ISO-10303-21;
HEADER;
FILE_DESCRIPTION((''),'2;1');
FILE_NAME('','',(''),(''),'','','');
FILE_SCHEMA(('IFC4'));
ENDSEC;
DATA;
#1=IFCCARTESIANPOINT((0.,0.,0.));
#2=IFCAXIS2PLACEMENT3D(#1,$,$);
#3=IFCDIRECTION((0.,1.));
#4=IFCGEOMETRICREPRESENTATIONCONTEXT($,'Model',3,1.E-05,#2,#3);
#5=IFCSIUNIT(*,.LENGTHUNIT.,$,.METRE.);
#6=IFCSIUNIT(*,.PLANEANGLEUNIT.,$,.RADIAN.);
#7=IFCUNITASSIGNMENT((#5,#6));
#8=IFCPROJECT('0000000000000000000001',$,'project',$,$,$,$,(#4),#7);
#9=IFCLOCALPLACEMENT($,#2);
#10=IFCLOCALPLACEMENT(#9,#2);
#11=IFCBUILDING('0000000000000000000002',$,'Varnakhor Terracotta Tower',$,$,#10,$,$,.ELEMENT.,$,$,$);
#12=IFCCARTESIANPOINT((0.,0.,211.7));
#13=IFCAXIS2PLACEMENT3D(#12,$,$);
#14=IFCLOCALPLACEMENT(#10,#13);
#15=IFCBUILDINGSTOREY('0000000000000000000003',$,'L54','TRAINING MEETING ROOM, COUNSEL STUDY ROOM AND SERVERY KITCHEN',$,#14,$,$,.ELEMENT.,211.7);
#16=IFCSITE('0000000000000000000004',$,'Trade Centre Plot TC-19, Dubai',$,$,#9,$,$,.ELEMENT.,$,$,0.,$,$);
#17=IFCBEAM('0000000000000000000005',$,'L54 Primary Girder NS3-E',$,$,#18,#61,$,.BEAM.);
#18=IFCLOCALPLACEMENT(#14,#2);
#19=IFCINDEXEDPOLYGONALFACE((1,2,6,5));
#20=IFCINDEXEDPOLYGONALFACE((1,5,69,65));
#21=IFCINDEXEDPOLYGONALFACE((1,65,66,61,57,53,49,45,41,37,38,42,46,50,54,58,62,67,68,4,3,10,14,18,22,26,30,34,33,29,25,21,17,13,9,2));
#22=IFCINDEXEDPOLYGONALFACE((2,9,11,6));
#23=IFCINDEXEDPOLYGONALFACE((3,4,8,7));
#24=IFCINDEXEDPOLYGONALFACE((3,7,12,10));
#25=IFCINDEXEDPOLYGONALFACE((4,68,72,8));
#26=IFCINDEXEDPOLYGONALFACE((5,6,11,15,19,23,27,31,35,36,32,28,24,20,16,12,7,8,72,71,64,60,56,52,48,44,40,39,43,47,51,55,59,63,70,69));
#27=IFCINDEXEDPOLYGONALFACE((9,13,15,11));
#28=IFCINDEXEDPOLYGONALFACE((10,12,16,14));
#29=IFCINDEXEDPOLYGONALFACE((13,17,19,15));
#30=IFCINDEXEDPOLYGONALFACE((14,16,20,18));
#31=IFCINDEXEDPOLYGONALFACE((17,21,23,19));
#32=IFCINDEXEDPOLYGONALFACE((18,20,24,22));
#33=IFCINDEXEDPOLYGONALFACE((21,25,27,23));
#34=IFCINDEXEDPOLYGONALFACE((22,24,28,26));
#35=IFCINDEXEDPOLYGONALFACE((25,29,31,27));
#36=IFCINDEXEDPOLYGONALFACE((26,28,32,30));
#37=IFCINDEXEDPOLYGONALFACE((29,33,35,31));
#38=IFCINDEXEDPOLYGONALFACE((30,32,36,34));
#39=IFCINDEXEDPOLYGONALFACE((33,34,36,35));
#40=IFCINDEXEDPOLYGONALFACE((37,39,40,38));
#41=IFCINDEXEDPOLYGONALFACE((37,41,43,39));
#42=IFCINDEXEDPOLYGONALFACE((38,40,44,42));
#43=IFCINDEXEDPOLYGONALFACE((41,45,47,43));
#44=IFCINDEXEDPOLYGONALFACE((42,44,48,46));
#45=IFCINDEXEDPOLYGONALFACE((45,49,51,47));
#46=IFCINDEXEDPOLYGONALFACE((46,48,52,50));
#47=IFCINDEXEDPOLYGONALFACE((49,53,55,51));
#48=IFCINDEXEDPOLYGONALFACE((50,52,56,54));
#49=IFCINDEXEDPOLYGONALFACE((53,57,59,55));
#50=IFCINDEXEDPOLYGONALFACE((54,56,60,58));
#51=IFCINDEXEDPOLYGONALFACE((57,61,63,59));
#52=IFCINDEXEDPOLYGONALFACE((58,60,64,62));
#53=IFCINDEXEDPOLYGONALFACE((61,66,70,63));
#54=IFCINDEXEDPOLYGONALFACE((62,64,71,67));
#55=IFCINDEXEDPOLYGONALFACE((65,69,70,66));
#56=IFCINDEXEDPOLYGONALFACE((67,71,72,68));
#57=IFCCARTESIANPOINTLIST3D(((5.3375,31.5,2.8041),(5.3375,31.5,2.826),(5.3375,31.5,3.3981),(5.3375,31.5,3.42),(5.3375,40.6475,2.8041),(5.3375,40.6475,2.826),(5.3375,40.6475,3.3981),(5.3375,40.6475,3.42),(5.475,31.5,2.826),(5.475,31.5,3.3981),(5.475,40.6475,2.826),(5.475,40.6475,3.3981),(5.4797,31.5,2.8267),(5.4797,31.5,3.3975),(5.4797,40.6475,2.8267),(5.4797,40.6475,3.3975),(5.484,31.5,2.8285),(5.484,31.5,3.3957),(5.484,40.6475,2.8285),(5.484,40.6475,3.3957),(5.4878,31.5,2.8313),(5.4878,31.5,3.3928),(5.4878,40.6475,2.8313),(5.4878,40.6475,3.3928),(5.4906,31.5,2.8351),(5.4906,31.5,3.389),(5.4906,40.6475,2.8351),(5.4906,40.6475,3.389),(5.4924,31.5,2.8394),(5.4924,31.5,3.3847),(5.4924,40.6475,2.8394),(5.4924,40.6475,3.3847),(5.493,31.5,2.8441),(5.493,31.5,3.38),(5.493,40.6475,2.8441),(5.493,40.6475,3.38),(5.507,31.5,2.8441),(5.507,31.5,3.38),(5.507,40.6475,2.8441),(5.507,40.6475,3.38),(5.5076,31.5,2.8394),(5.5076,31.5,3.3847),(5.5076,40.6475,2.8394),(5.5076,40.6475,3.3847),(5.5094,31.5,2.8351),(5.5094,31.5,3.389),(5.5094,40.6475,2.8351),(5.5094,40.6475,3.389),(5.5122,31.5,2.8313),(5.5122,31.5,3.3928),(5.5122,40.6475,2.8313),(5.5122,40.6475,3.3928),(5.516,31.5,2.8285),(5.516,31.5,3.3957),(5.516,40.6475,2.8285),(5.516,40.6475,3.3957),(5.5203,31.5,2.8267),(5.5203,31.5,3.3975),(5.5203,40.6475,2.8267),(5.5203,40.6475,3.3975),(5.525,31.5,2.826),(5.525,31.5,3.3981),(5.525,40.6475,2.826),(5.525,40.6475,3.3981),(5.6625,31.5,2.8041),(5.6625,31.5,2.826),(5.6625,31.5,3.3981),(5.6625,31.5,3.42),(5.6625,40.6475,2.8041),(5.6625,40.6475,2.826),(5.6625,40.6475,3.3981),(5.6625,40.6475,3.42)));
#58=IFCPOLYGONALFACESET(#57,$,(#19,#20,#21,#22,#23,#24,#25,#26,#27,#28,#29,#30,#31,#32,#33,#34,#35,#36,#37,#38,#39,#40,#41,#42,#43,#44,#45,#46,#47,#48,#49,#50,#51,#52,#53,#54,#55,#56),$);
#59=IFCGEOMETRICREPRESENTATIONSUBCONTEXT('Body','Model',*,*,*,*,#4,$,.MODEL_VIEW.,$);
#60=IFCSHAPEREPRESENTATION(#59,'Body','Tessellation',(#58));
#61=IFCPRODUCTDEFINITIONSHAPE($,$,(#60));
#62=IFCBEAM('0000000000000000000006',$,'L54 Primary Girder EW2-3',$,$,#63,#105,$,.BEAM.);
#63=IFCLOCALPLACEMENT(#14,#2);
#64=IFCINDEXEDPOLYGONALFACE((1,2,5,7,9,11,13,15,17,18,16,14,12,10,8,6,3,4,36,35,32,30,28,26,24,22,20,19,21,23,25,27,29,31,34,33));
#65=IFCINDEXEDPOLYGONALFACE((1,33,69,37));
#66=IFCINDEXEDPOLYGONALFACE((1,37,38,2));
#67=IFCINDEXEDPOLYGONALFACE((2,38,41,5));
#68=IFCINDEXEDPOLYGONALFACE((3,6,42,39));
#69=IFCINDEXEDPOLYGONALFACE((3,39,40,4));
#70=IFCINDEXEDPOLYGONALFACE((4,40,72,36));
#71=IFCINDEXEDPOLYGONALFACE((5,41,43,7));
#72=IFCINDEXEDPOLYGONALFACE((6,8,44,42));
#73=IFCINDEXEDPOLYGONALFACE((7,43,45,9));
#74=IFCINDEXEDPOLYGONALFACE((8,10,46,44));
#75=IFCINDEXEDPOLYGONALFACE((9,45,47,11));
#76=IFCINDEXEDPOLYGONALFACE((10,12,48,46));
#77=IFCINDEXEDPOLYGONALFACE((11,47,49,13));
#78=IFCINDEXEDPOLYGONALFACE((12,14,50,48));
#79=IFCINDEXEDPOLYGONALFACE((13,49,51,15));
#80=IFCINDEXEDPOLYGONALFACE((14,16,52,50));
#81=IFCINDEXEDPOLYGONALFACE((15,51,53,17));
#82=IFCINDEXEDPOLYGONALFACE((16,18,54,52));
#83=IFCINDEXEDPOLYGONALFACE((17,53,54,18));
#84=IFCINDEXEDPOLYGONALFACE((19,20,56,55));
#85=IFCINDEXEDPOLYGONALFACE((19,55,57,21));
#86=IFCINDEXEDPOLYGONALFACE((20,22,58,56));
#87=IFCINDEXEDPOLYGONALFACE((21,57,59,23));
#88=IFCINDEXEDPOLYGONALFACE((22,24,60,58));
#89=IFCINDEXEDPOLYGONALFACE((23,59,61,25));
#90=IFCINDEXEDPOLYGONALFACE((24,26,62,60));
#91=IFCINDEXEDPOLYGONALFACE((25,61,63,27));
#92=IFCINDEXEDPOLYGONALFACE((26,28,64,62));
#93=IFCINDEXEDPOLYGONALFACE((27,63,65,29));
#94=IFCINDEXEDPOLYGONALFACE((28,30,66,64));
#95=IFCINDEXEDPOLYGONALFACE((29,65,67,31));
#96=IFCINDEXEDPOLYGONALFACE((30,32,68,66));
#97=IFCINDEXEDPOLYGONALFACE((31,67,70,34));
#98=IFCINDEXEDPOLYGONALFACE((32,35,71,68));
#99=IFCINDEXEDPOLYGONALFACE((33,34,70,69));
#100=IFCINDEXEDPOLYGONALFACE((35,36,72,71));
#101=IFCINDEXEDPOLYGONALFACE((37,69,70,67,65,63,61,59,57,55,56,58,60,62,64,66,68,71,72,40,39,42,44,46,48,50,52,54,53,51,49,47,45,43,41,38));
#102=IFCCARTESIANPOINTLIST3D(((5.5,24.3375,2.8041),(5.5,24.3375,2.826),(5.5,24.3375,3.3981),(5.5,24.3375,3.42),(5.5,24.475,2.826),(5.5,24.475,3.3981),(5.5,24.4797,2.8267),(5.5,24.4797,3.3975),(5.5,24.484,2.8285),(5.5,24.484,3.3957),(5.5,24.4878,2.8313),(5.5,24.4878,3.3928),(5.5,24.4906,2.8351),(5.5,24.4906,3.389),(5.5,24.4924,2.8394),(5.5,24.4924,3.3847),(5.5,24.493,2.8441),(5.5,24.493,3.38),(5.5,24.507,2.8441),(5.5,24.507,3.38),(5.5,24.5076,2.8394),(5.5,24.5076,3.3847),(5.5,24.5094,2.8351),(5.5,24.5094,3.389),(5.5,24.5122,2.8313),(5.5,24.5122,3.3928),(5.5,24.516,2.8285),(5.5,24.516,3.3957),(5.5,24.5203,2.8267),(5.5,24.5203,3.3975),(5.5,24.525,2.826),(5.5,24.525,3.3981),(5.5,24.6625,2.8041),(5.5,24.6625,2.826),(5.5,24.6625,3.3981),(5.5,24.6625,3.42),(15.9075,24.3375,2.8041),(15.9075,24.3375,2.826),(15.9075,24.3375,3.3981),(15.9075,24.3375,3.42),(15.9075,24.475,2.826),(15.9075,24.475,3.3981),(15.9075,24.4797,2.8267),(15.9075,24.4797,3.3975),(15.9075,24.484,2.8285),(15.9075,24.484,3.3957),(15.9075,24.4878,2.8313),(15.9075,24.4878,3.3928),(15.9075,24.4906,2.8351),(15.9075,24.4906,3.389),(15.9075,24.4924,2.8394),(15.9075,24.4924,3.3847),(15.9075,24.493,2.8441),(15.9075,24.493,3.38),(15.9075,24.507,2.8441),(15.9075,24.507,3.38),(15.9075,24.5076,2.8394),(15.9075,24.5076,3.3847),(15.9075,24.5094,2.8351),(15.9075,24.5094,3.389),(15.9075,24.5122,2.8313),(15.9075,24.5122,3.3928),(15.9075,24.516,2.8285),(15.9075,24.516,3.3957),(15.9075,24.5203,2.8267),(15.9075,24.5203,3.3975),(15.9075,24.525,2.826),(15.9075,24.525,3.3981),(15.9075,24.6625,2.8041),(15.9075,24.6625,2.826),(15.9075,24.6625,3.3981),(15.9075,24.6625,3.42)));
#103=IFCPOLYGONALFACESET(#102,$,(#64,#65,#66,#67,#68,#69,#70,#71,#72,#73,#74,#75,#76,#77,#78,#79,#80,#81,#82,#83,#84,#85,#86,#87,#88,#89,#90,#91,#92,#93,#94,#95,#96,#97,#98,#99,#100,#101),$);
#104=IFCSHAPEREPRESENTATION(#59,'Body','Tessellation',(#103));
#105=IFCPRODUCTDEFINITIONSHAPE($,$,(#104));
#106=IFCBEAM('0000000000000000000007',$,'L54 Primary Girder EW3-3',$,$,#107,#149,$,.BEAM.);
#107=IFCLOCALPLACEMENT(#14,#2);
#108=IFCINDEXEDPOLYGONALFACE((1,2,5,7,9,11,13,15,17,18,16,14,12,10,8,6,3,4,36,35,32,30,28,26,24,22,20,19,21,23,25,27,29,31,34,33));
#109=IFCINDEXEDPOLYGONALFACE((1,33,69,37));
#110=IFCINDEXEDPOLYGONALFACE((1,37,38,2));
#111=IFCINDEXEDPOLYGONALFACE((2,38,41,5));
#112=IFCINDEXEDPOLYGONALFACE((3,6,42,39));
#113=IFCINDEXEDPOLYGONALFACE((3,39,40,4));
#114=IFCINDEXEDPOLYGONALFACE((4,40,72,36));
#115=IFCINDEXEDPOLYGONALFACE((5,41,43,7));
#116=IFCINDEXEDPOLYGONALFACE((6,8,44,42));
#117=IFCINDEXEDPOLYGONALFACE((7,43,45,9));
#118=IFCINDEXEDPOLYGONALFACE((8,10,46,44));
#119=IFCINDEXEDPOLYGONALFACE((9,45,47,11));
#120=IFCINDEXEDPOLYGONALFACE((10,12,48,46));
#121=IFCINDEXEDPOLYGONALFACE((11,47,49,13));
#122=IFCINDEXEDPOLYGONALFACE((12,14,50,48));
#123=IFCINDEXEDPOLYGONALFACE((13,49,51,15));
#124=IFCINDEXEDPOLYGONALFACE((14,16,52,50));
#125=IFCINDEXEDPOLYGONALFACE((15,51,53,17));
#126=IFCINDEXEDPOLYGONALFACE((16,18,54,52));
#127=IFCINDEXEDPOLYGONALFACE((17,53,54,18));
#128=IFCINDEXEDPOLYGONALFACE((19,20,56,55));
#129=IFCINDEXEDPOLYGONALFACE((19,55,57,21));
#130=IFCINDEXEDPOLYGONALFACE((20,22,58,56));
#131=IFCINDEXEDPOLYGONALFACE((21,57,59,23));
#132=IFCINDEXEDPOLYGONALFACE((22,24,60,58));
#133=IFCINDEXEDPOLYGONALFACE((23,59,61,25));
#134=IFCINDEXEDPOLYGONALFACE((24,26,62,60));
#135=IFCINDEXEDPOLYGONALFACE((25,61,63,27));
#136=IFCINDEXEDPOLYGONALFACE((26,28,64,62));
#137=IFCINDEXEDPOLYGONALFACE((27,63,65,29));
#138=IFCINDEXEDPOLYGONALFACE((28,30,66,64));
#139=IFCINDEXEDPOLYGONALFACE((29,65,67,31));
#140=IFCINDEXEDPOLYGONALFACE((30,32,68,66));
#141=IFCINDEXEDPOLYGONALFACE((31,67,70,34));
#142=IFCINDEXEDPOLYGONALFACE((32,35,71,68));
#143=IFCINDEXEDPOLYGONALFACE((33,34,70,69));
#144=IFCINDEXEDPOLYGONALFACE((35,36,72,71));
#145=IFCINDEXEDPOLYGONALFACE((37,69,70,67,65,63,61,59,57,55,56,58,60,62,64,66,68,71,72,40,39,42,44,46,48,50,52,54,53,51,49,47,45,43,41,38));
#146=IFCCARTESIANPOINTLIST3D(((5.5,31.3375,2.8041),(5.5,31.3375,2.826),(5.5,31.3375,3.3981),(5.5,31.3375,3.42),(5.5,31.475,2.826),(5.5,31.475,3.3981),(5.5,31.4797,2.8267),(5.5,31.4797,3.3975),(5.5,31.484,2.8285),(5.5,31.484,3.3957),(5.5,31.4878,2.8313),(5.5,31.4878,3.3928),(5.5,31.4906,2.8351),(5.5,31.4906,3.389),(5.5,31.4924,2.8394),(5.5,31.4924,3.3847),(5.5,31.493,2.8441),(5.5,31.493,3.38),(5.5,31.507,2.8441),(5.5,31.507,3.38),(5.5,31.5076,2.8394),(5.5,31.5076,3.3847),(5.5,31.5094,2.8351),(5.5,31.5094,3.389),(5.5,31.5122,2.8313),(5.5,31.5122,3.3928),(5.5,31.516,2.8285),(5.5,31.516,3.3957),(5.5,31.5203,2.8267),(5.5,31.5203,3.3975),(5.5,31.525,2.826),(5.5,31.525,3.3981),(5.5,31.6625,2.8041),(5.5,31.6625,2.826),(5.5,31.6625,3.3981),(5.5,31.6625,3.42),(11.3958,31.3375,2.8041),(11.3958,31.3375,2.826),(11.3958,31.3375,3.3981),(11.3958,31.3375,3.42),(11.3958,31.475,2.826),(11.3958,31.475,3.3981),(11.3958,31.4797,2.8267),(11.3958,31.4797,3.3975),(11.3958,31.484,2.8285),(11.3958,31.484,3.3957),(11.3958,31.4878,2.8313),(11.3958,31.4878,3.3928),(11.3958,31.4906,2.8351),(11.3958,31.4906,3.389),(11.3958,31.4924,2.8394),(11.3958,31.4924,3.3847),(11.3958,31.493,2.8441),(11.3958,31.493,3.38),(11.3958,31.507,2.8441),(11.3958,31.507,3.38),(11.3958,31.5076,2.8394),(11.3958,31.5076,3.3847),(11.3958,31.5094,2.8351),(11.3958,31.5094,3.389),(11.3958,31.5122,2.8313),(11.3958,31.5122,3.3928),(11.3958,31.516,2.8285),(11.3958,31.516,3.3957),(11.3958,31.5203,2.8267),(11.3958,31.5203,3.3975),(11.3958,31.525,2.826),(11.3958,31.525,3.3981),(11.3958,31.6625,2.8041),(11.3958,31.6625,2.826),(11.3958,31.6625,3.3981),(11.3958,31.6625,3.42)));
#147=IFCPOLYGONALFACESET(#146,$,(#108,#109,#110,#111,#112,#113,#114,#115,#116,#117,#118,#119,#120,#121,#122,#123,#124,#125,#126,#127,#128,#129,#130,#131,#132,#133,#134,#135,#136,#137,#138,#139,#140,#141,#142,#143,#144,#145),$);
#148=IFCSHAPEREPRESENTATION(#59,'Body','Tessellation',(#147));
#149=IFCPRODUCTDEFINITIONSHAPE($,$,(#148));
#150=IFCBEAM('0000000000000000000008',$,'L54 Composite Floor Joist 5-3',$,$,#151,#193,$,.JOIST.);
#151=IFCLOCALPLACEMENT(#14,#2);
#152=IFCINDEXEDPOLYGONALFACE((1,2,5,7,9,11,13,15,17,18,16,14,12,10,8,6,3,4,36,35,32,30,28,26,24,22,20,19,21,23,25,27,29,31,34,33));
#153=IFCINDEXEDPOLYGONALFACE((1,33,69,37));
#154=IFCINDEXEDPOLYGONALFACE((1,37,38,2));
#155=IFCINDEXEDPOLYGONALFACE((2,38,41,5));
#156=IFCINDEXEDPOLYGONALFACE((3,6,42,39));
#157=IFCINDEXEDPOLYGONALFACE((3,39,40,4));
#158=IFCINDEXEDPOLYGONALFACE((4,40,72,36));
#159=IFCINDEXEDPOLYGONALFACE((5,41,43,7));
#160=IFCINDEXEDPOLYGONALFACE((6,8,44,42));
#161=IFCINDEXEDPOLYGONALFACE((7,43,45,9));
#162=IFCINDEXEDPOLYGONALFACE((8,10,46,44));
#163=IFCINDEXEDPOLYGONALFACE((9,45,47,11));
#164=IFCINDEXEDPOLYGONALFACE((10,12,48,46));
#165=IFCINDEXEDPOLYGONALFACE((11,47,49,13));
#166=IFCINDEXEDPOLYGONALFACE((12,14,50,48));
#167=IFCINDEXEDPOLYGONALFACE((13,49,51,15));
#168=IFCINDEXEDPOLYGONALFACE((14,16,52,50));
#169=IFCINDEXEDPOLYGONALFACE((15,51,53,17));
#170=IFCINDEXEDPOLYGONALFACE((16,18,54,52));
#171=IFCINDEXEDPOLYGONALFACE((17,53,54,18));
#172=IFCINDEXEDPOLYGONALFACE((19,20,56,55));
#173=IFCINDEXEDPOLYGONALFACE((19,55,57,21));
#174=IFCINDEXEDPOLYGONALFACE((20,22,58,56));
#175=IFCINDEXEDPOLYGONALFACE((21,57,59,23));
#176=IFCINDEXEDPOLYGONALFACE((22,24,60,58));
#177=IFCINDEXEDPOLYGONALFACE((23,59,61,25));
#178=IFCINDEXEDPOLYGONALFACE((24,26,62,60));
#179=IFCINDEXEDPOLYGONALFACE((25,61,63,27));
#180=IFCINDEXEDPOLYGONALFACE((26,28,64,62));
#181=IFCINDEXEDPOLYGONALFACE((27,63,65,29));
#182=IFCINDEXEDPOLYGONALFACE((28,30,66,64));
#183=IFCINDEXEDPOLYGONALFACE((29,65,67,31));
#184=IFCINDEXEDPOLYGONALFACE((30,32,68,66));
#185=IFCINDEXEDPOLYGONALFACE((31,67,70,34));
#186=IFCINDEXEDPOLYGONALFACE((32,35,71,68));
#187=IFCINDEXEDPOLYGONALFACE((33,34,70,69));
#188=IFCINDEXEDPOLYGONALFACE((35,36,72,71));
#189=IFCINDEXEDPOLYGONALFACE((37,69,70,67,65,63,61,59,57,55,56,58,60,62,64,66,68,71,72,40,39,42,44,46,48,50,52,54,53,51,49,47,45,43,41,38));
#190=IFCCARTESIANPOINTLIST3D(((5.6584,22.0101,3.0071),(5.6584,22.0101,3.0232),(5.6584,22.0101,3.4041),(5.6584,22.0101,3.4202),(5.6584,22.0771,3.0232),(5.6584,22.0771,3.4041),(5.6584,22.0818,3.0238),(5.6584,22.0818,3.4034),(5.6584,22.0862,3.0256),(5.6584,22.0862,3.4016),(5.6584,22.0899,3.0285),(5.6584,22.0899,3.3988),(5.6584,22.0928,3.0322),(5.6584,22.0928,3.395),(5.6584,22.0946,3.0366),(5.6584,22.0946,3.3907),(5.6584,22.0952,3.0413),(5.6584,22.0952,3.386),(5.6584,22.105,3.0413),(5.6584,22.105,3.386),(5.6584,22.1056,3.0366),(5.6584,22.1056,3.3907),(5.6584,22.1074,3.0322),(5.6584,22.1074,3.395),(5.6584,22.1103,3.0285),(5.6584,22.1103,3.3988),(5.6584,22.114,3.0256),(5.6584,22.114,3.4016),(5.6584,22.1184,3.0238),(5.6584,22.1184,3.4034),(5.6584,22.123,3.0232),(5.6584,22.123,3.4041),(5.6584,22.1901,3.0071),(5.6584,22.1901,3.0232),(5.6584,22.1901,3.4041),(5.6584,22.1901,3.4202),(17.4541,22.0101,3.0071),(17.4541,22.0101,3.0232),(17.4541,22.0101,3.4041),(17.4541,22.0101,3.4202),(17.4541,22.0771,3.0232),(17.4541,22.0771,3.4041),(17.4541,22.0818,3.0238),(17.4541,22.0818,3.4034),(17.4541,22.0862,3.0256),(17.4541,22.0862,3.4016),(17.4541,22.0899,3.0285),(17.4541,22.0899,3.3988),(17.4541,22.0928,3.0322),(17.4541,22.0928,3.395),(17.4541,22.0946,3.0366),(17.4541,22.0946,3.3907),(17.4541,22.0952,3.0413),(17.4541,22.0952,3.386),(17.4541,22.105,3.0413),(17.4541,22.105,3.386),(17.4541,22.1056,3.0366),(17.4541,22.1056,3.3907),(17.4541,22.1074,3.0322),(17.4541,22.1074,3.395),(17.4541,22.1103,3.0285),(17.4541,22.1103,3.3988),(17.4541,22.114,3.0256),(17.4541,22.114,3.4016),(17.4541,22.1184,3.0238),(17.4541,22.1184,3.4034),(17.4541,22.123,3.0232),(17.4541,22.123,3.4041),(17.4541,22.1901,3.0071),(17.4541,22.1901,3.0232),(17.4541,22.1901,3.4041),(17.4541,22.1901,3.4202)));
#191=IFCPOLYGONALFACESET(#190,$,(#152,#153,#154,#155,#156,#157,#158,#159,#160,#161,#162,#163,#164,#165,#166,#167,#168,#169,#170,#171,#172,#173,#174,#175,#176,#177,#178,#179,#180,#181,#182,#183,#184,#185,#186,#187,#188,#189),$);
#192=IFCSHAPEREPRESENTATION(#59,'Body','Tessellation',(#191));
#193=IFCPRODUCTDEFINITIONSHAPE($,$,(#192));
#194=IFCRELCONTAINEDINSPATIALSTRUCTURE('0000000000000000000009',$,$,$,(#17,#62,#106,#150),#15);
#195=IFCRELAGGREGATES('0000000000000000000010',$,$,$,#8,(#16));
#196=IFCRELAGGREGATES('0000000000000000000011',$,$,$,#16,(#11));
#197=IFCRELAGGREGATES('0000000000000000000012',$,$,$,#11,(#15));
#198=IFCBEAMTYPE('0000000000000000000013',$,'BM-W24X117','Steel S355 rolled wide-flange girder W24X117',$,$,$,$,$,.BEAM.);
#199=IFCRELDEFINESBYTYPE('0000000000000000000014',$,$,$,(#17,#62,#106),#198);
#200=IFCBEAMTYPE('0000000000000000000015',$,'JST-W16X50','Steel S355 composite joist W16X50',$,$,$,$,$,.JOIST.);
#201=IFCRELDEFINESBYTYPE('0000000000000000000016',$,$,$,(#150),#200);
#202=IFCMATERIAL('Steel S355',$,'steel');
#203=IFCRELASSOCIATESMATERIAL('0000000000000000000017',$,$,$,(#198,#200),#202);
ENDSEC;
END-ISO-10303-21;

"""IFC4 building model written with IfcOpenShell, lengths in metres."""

from ifc_helpers import new_model, si_unit, direction, frame, origin, origin_2d, place, context, subcontext, project, spatial, i_section, extrude, source, transform, mapped, material, material_profile, profile_set, type_object, element, save


model = new_model("IFC4")

# Units and contexts
model_context = context("Model", 3, precision=1e-05, world=origin(), true_north=direction((0.0, 1.0)))
body_context = subcontext(model_context, "Body", "Model", "MODEL_VIEW")
ifc_project = project(units=[si_unit("LENGTHUNIT", "METRE"), si_unit("PLANEANGLEUNIT", "RADIAN")], contexts=[model_context])

# Site, building, storey
site_placement = place(None, origin())
site = spatial("IfcSite", under=ifc_project, at=site_placement, Name="Trade Centre Plot TC-19, Dubai", CompositionType="ELEMENT", RefElevation=0.0)
building_placement = place(site_placement, origin())
building = spatial("IfcBuilding", under=site, at=building_placement, Name="Varnakhor Terracotta Tower", CompositionType="ELEMENT")
storey_placement = place(building_placement, frame((0.0, 0.0, 211.7)))
storey = spatial("IfcBuildingStorey", under=building, at=storey_placement, Name="L54", Description="TRAINING MEETING ROOM, COUNSEL STUDY ROOM AND SERVERY KITCHEN", CompositionType="ELEMENT", Elevation=211.7)

# Beams
ifc_material_1 = material(Name="Steel S355", Category="steel")
ifc_material_profile_1 = material_profile(ifc_material_1, i_section(OverallWidth=0.325, OverallDepth=0.616, WebThickness=0.0139, FlangeThickness=0.022, FilletRadius=0.0181, at=origin_2d()), Name="W24X117")
ifc_profile_set_1 = profile_set([ifc_material_profile_1], Name="Steel S355")
beam_type_1 = type_object("IfcBeamType", Name="BM-W24X117", Description="Steel S355 rolled wide-flange girder W24X117", PredefinedType="BEAM", material=ifc_profile_set_1)
shared_shape_1 = source(origin(), body_context, "Body", "SweptSolid", [
    extrude(i_section(OverallWidth=0.325, OverallDepth=0.616, WebThickness=0.0139, FlangeThickness=0.022, FilletRadius=0.0181, at=origin_2d()), origin(), (0.0, 0.0, 1.0), 9.1475),
])
beam_1_placement = place(storey_placement, frame((5.5, 31.5, 3.1121), z_axis=(0.0, 1.0, 0.0), x_axis=(-1.0, 0.0, 0.0)))
element("IfcBeam", 1, at=beam_1_placement, inside=storey, type_object=beam_type_1, Name="L54 Primary Girder NS3-E", PredefinedType="BEAM", context=body_context, shape_type="MappedRepresentation", body=[
    mapped(shared_shape_1, transform((0.0, 0.0, 0.0), scale=1.0)),
])
shared_shape_2 = source(origin(), body_context, "Body", "SweptSolid", [
    extrude(i_section(OverallWidth=0.325, OverallDepth=0.616, WebThickness=0.0139, FlangeThickness=0.022, FilletRadius=0.0181, at=origin_2d()), origin(), (0.0, 0.0, 1.0), 10.4075),
])
beam_2_placement = place(storey_placement, frame((5.5, 24.5, 3.1121), z_axis=(1.0, 0.0, 0.0), x_axis=(0.0, 1.0, 0.0)))
element("IfcBeam", 2, at=beam_2_placement, inside=storey, type_object=beam_type_1, Name="L54 Primary Girder EW2-3", PredefinedType="BEAM", context=body_context, shape_type="MappedRepresentation", body=[
    mapped(shared_shape_2, transform((0.0, 0.0, 0.0), scale=1.0)),
])
shared_shape_3 = source(origin(), body_context, "Body", "SweptSolid", [
    extrude(i_section(OverallWidth=0.325, OverallDepth=0.616, WebThickness=0.0139, FlangeThickness=0.022, FilletRadius=0.0181, at=origin_2d()), origin(), (0.0, 0.0, 1.0), 5.8958),
])
beam_3_placement = place(storey_placement, frame((5.5, 31.5, 3.1121), z_axis=(1.0, 0.0, 0.0), x_axis=(0.0, 1.0, 0.0)))
element("IfcBeam", 3, at=beam_3_placement, inside=storey, type_object=beam_type_1, Name="L54 Primary Girder EW3-3", PredefinedType="BEAM", context=body_context, shape_type="MappedRepresentation", body=[
    mapped(shared_shape_3, transform((0.0, 0.0, 0.0), scale=1.0)),
])
ifc_material_profile_2 = material_profile(ifc_material_1, i_section(OverallWidth=0.1799, OverallDepth=0.4131, WebThickness=0.0098, FlangeThickness=0.0161, FilletRadius=0.0181, at=origin_2d()), Name="W16X50")
ifc_profile_set_2 = profile_set([ifc_material_profile_2], Name="Steel S355")
beam_type_2 = type_object("IfcBeamType", Name="JST-W16X50", Description="Steel S355 composite joist W16X50", PredefinedType="JOIST", material=ifc_profile_set_2)
shared_shape_4 = source(origin(), body_context, "Body", "SweptSolid", [
    extrude(i_section(OverallWidth=0.1799, OverallDepth=0.4131, WebThickness=0.0098, FlangeThickness=0.0161, FilletRadius=0.0181, at=origin_2d()), origin(), (0.0, 0.0, 1.0), 11.7957),
])
beam_4_placement = place(storey_placement, frame((5.6584, 22.1001, 3.2136), z_axis=(1.0, 0.0, 0.0), x_axis=(0.0, 1.0, 0.0)))
element("IfcBeam", 4, at=beam_4_placement, inside=storey, type_object=beam_type_2, Name="L54 Composite Floor Joist 5-3", PredefinedType="JOIST", context=body_context, shape_type="MappedRepresentation", body=[
    mapped(shared_shape_4, transform((0.0, 0.0, 0.0), scale=1.0)),
])

save(model, "model.ifc")
